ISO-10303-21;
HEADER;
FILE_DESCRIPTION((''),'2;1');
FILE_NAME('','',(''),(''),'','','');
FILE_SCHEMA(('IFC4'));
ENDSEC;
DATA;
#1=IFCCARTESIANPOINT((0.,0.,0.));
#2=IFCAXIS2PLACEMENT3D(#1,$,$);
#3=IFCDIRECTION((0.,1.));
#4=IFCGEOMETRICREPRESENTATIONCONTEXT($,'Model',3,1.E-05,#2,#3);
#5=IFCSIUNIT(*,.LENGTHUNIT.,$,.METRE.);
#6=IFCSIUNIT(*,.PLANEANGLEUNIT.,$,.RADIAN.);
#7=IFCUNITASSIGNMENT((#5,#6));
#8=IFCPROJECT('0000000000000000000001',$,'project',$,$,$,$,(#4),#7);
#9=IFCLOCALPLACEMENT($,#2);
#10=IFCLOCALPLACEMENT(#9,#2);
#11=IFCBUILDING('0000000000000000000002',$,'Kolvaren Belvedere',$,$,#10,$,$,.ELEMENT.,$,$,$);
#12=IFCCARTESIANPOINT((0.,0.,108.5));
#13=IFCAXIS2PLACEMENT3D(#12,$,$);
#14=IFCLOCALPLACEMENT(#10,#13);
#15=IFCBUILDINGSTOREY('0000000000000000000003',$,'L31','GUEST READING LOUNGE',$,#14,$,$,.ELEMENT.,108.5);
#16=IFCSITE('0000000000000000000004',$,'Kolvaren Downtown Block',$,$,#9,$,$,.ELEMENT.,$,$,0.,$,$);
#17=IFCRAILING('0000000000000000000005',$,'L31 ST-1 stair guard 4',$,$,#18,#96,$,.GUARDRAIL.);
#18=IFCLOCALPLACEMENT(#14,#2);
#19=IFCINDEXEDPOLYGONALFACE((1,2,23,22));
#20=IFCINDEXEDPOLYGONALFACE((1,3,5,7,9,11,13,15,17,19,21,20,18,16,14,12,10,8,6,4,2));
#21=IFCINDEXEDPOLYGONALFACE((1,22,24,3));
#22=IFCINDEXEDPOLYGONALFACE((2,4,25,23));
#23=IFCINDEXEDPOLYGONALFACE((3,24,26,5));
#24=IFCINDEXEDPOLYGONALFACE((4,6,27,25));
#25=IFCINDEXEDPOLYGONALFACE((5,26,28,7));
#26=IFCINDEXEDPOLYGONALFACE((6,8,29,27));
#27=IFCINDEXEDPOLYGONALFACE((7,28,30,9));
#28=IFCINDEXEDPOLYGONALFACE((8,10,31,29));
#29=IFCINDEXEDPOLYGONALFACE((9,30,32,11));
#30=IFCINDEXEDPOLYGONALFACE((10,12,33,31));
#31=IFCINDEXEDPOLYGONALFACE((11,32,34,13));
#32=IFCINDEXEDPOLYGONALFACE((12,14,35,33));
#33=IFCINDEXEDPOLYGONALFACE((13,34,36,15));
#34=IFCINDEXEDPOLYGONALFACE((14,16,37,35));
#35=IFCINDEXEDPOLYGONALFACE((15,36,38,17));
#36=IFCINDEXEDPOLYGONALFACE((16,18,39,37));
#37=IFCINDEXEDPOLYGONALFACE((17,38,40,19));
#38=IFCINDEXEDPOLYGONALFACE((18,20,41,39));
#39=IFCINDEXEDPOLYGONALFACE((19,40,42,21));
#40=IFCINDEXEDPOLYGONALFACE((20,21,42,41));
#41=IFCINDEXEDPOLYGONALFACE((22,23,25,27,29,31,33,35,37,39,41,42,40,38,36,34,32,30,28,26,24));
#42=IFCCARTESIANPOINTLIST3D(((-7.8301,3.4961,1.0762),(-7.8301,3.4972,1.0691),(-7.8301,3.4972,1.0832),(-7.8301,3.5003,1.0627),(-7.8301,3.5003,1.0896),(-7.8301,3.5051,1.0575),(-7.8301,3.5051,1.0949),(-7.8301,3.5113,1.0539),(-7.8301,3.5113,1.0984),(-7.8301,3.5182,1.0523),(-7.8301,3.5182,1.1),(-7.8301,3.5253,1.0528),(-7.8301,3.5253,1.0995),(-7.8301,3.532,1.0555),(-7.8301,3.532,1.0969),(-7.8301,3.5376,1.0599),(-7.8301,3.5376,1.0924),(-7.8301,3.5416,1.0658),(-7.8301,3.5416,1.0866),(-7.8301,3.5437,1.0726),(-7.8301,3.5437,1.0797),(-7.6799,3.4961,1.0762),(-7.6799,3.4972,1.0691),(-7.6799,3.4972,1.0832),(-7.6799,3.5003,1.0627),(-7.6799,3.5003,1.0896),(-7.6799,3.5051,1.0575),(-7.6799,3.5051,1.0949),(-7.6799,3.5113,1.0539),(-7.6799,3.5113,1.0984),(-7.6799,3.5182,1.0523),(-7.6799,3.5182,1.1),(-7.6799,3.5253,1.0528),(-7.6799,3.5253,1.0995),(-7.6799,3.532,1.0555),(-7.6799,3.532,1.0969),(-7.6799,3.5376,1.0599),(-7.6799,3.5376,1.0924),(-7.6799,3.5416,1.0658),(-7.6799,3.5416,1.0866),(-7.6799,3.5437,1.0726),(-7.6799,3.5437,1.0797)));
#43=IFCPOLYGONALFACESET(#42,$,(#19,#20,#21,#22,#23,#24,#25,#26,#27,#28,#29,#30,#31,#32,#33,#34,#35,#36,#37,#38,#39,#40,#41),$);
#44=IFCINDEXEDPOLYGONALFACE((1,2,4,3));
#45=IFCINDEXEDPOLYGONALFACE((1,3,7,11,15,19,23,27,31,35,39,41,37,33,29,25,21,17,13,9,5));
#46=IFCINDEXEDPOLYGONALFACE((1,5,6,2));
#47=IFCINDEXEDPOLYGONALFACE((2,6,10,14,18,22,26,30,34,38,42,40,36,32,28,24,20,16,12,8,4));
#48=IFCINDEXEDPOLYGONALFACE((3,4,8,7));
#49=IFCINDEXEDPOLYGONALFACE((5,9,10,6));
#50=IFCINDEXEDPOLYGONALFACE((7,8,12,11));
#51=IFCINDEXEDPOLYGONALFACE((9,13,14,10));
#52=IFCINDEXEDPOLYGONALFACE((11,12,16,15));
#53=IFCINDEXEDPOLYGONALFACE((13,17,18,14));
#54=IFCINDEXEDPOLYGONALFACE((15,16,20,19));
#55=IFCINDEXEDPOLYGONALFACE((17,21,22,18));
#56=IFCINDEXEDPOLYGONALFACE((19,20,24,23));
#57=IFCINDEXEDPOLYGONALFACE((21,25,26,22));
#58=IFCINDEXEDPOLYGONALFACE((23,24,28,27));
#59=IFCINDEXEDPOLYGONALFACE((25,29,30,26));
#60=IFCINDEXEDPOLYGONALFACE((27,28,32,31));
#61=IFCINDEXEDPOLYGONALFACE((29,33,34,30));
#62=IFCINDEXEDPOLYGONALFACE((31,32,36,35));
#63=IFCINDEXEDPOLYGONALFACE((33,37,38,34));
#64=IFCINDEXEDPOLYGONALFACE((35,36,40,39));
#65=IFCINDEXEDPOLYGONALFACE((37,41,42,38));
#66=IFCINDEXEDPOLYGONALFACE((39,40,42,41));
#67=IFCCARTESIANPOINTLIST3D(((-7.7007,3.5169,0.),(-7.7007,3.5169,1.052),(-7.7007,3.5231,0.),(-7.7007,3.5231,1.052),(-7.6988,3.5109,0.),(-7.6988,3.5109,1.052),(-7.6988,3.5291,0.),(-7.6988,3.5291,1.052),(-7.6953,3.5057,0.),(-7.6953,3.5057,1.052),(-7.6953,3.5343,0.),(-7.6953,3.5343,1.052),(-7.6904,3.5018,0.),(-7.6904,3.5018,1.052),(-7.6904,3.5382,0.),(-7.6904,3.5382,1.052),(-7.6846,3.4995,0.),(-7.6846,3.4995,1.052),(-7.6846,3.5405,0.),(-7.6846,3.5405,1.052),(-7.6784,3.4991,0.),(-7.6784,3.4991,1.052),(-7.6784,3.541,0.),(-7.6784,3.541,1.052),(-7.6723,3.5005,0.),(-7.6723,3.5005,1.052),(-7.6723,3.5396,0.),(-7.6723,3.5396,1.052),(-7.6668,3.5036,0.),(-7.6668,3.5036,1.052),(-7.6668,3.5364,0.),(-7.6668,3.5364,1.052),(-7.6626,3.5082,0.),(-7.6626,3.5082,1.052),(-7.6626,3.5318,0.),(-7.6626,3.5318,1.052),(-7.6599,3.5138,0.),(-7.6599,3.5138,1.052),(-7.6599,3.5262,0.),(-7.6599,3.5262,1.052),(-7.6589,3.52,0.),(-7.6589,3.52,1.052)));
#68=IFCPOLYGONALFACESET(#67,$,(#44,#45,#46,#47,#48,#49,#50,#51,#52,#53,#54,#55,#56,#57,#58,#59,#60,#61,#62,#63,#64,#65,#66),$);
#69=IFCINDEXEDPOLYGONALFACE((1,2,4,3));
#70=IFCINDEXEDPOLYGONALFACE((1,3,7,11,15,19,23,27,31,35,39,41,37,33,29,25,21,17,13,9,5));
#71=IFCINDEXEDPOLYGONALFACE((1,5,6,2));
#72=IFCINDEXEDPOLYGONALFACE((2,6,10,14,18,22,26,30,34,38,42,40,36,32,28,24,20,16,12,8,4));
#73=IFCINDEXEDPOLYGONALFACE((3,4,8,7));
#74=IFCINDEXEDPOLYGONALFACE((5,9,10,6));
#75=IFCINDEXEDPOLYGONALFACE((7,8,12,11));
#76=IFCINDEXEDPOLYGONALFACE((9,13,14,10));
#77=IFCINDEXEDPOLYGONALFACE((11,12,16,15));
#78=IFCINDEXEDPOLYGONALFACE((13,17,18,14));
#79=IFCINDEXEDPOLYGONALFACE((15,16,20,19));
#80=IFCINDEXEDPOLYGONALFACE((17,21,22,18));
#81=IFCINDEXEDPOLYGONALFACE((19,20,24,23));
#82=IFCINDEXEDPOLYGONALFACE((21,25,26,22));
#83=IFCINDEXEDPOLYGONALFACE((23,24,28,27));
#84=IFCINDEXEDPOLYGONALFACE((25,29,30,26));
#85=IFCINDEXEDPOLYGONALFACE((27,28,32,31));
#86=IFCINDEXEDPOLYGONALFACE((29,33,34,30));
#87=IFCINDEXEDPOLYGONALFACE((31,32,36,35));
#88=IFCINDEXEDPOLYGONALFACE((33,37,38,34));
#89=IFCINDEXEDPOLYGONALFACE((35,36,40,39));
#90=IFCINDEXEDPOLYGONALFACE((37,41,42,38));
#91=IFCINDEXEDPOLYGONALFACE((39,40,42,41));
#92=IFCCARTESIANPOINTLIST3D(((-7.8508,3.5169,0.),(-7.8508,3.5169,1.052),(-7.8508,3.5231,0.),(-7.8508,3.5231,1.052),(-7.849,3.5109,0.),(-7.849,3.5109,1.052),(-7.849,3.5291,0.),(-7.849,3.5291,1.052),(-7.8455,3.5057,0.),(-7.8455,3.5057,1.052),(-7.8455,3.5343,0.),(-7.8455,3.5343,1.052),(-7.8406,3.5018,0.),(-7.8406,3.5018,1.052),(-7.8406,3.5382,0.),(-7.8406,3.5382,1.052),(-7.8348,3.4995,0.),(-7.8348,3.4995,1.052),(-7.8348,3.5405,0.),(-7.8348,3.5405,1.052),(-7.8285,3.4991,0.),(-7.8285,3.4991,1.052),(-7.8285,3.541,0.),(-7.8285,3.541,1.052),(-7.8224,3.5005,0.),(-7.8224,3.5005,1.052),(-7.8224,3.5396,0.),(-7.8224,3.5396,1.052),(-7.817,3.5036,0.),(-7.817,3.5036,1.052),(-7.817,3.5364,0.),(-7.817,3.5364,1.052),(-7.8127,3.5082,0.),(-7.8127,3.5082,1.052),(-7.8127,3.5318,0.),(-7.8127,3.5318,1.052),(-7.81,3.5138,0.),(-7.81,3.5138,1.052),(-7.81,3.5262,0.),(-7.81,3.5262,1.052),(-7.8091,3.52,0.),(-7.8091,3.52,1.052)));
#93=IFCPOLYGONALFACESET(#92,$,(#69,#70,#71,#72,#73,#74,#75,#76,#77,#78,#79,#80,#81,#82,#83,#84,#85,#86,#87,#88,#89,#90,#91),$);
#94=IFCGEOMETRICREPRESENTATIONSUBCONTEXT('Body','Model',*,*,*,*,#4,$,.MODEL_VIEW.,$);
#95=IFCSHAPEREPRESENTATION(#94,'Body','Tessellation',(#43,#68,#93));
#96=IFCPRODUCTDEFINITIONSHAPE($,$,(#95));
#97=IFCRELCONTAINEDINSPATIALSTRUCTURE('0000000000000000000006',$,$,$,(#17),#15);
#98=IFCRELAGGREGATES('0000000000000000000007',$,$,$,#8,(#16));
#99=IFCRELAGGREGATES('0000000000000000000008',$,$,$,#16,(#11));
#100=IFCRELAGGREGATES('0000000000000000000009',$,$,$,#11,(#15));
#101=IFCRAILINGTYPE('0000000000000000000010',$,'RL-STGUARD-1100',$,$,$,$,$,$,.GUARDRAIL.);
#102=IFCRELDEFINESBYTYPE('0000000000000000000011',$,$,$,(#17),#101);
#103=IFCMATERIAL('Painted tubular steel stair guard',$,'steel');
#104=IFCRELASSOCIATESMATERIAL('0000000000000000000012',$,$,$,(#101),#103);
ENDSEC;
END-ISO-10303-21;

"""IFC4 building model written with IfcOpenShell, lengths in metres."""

from ifc_helpers import new_model, si_unit, direction, frame, origin, origin_2d, place, context, subcontext, project, spatial, circle, extrude, material, type_object, element, save


model = new_model("IFC4")

# Units and contexts
model_context = context("Model", 3, precision=1e-05, world=origin(), true_north=direction((0.0, 1.0)))
body_context = subcontext(model_context, "Body", "Model", "MODEL_VIEW")
ifc_project = project(units=[si_unit("LENGTHUNIT", "METRE"), si_unit("PLANEANGLEUNIT", "RADIAN")], contexts=[model_context])

# Site, building, storey
site_placement = place(None, origin())
site = spatial("IfcSite", under=ifc_project, at=site_placement, Name="Kolvaren Downtown Block", CompositionType="ELEMENT", RefElevation=0.0)
building_placement = place(site_placement, origin())
building = spatial("IfcBuilding", under=site, at=building_placement, Name="Kolvaren Belvedere", CompositionType="ELEMENT")
storey_placement = place(building_placement, frame((0.0, 0.0, 108.5)))
storey = spatial("IfcBuildingStorey", under=building, at=storey_placement, Name="L31", Description="GUEST READING LOUNGE", CompositionType="ELEMENT", Elevation=108.5)

# Railing
ifc_material_1 = material(Name="Painted tubular steel stair guard", Category="steel")
railing_type_1 = type_object("IfcRailingType", Name="RL-STGUARD-1100", PredefinedType="GUARDRAIL", material=ifc_material_1)
railing_1_placement = place(storey_placement, frame((-7.6799, 3.52, 0.0)))
element("IfcRailing", 1, at=railing_1_placement, inside=storey, type_object=railing_type_1, Name="L31 ST-1 stair guard 4", PredefinedType="GUARDRAIL", context=body_context, shape_type="SweptSolid", body=[
    extrude(circle(Radius=0.0239, at=origin_2d()), frame((0.0, 0.0, 1.0762), z_axis=(-1.0, 0.0, 0.0), x_axis=(0.0, -1.0, 0.0)), (0.0, 0.0, 1.0), 0.1501),
    extrude(circle(Radius=0.021, at=origin_2d()), origin(), (0.0, 0.0, 1.0), 1.052),
    extrude(circle(Radius=0.021, at=origin_2d()), frame((-0.1501, 0.0, 0.0)), (0.0, 0.0, 1.0), 1.052),
])

save(model, "model.ifc")
